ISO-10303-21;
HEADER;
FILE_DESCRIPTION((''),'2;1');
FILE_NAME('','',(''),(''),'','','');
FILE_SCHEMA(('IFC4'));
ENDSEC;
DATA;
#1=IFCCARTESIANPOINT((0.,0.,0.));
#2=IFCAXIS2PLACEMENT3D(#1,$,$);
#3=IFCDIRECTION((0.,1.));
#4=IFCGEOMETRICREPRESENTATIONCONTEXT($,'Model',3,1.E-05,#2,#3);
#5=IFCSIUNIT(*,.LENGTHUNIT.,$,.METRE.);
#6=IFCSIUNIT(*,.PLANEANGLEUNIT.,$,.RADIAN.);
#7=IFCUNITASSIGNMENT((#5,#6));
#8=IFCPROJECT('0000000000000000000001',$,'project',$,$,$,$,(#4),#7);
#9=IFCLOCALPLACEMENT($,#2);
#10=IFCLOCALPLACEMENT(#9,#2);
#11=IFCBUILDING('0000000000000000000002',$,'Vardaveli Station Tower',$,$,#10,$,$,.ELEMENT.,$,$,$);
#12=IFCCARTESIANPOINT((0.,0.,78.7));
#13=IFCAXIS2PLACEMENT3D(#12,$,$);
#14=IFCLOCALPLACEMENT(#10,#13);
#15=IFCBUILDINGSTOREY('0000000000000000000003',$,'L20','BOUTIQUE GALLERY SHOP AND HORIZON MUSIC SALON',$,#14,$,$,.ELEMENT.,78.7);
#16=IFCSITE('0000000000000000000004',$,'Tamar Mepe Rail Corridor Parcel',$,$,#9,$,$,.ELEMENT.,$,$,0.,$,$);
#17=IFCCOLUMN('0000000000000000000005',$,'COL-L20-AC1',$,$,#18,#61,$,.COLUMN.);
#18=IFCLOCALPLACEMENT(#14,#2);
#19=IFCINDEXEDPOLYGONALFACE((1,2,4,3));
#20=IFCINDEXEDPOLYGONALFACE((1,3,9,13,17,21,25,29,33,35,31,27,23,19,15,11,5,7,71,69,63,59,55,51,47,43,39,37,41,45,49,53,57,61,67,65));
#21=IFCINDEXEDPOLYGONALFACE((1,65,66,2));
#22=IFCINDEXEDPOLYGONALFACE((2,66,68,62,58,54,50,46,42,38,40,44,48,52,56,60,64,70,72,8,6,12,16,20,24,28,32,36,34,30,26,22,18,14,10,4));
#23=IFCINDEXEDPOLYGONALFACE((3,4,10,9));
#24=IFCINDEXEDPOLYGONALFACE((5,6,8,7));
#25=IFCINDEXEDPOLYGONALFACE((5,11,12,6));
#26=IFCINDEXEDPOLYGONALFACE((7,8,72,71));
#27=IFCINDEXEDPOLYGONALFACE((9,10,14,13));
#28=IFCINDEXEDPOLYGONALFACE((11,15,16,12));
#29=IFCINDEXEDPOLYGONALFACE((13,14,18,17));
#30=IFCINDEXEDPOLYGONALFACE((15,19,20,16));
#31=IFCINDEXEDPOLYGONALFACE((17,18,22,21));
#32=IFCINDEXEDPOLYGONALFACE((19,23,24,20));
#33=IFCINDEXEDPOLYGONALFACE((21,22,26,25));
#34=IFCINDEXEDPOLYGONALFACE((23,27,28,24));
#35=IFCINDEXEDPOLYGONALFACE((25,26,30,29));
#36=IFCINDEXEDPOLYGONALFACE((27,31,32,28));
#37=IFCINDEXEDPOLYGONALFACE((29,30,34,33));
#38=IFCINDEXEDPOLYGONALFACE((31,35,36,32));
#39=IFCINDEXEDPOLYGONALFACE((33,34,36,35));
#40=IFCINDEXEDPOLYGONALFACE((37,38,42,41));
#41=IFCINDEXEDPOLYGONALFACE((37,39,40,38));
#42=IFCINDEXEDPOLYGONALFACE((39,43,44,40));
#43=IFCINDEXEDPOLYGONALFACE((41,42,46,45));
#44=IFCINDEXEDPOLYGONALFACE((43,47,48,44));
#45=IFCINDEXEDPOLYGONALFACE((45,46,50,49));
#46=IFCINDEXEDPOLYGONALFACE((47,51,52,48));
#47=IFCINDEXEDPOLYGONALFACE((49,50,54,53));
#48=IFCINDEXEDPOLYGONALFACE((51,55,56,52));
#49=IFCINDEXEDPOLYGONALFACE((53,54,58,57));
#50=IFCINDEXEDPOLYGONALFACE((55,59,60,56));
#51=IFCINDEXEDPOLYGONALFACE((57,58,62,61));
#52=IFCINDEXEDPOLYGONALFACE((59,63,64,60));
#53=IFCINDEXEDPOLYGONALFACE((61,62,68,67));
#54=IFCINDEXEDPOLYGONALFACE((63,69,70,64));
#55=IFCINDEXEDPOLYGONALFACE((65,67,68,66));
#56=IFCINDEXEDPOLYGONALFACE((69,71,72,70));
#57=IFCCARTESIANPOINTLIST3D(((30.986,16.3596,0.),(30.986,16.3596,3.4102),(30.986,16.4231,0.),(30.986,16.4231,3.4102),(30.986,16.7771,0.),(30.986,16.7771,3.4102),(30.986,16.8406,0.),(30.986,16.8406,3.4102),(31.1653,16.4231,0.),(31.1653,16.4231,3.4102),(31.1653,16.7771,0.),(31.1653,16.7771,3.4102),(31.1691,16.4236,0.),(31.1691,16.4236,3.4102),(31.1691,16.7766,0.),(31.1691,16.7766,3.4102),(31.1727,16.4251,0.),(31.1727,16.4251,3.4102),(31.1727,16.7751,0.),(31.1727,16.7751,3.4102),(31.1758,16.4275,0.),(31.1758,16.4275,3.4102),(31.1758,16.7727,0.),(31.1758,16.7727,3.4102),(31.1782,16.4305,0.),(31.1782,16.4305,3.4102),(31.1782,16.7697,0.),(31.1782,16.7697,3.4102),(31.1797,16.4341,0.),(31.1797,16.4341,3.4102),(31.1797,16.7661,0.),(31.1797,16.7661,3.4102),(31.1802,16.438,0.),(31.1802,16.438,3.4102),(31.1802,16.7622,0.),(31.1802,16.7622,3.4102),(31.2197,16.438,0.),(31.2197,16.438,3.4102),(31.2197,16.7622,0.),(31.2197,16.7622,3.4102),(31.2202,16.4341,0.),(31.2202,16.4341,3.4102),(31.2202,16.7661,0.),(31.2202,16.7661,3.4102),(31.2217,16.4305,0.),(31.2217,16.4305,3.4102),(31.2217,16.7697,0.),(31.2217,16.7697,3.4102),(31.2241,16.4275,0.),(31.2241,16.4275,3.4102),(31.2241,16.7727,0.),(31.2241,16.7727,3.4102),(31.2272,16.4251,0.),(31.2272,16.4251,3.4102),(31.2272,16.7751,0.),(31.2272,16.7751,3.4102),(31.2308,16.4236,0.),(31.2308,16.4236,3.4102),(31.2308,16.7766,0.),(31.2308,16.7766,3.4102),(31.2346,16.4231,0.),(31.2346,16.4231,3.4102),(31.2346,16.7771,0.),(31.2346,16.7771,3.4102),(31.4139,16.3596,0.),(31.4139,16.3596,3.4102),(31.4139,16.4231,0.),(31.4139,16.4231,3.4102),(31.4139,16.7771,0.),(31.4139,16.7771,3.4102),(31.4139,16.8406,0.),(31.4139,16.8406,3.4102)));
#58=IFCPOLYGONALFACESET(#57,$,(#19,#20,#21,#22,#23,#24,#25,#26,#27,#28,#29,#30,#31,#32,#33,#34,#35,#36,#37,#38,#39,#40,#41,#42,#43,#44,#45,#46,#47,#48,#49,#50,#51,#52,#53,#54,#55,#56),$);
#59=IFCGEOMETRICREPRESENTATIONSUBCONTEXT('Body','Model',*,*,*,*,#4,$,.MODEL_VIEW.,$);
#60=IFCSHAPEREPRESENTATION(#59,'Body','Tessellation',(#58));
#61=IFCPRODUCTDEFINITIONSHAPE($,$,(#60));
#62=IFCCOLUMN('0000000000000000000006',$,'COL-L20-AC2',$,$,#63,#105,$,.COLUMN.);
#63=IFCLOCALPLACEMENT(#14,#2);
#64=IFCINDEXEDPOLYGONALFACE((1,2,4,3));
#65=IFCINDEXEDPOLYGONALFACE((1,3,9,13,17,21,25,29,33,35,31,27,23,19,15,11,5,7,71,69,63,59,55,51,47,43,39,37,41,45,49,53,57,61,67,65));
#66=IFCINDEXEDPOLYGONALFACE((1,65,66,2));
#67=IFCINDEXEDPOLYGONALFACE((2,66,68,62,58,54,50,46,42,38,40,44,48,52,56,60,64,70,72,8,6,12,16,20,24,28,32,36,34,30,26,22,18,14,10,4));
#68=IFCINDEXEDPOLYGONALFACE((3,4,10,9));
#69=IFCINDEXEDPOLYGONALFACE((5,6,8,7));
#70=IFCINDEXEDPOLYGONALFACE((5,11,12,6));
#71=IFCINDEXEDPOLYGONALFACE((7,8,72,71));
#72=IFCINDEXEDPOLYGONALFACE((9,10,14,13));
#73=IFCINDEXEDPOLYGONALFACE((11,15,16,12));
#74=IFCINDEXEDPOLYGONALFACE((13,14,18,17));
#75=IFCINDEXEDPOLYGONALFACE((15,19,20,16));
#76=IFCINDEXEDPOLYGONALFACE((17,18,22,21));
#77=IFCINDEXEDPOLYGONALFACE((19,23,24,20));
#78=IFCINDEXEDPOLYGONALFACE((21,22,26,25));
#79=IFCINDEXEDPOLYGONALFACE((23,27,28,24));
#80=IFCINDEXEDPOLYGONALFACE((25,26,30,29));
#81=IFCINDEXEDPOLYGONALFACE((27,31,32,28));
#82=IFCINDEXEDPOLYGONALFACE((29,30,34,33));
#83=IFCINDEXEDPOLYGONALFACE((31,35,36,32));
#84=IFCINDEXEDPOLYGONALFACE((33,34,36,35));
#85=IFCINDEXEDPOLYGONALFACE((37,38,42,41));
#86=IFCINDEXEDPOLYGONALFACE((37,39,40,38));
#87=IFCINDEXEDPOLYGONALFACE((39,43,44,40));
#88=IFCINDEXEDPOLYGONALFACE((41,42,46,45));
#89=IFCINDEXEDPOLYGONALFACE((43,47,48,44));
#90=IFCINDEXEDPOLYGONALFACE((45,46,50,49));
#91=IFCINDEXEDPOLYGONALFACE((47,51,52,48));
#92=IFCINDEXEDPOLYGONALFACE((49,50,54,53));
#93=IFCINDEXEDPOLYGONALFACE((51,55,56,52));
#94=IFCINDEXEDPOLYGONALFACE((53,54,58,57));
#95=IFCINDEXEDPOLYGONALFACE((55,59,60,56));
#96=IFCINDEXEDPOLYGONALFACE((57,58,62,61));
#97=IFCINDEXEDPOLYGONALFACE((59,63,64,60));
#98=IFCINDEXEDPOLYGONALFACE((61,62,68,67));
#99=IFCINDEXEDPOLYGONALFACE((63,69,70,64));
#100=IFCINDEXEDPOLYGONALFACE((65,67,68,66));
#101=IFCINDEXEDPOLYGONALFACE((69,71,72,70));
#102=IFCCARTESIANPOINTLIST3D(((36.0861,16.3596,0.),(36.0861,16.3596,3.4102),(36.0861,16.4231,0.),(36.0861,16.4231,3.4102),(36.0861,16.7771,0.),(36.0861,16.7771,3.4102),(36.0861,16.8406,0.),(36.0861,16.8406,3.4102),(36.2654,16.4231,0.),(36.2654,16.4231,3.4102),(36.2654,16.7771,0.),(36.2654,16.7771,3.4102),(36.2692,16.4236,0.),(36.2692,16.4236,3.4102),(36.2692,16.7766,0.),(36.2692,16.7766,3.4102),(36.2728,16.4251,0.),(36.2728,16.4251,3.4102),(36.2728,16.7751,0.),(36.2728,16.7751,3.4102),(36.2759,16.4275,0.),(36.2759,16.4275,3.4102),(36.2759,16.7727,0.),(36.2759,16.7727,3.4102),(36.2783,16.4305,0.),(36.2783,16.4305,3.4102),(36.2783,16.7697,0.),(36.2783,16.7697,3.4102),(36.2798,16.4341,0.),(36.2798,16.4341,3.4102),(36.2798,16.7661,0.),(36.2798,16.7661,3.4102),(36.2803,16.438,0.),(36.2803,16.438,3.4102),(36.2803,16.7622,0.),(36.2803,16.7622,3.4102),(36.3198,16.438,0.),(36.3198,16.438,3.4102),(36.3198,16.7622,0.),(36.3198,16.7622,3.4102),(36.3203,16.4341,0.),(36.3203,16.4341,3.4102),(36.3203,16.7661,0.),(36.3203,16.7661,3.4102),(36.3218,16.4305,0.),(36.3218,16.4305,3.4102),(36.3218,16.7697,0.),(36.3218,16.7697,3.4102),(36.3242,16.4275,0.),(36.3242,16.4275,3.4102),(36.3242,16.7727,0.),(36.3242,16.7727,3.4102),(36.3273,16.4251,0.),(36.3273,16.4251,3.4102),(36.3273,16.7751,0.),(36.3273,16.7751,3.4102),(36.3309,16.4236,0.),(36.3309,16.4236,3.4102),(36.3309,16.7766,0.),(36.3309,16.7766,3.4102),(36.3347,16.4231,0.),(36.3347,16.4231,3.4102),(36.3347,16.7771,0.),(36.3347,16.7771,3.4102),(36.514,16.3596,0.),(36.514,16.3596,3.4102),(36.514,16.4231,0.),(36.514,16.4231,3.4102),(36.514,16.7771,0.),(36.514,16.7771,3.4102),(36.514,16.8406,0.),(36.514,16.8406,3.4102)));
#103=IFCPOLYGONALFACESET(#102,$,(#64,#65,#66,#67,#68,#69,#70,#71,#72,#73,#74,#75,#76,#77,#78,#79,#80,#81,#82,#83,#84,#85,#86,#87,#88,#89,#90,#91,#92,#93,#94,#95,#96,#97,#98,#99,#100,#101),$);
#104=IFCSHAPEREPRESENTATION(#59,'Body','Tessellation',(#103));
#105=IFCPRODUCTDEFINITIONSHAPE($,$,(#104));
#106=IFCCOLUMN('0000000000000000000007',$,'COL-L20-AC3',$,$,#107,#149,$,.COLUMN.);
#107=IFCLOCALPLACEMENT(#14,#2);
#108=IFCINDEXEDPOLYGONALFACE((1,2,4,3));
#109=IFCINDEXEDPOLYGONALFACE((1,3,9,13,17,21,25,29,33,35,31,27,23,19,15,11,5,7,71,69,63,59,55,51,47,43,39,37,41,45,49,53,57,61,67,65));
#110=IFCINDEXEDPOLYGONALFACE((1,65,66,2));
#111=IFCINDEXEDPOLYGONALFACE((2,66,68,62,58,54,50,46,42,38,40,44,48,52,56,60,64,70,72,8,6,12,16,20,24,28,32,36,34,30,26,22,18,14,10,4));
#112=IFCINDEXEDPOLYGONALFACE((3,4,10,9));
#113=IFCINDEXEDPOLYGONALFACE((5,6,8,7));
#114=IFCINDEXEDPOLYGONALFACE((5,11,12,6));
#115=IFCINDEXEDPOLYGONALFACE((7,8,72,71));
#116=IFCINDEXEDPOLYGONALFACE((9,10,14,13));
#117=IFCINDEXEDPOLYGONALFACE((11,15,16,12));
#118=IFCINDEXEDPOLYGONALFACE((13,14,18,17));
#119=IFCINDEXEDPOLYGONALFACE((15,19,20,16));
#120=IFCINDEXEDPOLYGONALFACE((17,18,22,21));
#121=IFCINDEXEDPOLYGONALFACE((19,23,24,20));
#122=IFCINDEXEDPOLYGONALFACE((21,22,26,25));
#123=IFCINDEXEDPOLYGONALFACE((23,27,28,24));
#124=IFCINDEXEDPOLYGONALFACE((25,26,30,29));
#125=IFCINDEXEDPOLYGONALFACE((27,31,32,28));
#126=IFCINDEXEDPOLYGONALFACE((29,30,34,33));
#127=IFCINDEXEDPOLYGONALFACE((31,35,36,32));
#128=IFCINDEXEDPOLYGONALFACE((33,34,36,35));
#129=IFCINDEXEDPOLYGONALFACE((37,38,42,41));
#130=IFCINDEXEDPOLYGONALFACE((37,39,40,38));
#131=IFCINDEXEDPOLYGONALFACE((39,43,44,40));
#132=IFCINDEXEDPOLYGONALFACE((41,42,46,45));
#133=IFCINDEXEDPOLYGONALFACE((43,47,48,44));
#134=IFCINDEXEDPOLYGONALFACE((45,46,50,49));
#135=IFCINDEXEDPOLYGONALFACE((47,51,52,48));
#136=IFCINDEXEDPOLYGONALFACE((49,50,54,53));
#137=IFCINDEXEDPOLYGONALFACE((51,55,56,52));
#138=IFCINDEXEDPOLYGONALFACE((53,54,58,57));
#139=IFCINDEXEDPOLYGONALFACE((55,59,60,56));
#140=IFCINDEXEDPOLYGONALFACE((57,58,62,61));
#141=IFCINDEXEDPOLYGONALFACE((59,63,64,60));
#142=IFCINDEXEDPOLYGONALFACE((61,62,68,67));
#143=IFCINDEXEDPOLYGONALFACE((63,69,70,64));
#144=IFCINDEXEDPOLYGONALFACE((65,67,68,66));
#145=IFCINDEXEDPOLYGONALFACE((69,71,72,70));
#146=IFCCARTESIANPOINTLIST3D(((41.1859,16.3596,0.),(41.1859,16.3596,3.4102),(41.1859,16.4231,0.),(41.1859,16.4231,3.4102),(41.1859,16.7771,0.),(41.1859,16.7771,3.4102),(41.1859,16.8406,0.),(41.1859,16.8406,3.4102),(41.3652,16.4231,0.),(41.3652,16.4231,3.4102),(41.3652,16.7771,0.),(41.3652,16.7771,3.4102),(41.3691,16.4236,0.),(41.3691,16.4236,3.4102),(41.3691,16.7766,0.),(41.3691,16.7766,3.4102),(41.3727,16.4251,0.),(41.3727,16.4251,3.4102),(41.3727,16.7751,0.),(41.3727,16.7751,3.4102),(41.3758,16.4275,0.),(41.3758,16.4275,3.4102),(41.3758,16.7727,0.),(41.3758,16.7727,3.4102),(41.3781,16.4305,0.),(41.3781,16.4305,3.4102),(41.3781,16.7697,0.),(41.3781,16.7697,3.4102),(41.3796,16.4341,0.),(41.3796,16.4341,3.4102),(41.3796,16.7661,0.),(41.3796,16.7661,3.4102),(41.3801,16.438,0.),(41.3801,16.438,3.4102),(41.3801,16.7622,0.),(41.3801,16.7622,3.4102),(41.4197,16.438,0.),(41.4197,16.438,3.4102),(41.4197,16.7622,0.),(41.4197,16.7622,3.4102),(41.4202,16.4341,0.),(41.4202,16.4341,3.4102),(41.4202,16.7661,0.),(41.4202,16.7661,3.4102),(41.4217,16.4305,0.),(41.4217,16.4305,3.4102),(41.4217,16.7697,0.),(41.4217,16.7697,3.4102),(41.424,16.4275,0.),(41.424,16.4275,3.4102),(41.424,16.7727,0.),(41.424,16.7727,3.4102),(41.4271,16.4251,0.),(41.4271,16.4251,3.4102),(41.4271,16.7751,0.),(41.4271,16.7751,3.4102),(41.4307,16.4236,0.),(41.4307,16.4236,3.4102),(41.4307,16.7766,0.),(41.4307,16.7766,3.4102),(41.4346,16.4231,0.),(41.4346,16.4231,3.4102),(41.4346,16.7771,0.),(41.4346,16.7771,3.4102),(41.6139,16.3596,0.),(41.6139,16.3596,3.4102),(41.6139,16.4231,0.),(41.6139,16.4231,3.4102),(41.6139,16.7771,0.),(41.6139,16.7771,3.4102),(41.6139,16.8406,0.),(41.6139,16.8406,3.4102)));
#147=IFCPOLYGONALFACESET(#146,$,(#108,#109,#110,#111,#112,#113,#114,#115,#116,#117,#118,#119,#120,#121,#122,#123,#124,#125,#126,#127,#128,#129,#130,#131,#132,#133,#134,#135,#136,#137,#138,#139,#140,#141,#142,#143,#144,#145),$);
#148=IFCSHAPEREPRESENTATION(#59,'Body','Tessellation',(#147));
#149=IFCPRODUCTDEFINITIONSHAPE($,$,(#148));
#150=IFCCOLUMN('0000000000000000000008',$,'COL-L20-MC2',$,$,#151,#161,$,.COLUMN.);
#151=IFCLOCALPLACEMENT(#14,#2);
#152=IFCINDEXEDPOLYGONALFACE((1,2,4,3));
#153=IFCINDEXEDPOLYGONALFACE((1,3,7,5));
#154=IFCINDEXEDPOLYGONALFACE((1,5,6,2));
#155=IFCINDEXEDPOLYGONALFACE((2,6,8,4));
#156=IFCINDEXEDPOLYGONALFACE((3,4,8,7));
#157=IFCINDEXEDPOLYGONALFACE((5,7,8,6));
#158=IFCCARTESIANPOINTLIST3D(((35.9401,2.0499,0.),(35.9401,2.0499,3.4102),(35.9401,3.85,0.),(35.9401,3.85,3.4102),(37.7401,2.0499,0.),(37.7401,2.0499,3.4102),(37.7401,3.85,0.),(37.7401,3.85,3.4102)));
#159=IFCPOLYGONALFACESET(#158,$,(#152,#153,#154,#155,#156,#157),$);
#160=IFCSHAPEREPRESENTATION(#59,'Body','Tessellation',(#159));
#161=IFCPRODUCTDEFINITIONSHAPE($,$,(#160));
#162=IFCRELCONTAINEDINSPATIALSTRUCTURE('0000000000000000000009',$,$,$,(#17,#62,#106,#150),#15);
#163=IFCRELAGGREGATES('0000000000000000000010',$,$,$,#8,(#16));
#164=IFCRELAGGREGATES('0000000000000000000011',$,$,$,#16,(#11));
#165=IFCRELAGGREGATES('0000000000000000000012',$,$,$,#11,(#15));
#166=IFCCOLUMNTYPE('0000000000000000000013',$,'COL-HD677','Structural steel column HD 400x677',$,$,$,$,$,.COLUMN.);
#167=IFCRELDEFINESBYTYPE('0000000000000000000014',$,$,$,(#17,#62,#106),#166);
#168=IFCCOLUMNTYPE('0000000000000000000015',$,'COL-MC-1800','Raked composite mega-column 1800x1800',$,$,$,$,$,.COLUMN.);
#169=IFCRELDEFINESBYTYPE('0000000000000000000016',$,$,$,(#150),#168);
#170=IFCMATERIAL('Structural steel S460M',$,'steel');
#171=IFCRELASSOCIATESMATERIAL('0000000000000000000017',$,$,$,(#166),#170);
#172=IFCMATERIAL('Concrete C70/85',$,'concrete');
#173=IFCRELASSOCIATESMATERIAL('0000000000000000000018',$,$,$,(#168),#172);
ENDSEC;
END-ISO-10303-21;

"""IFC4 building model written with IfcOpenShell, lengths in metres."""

from ifc_helpers import new_model, si_unit, direction, frame, origin, origin_2d, place, context, subcontext, project, spatial, rectangle, i_section, extrude, source, transform, mapped, material, material_profile, profile_set, type_object, element, save


model = new_model("IFC4")

# Units and contexts
model_context = context("Model", 3, precision=1e-05, world=origin(), true_north=direction((0.0, 1.0)))
body_context = subcontext(model_context, "Body", "Model", "MODEL_VIEW")
ifc_project = project(units=[si_unit("LENGTHUNIT", "METRE"), si_unit("PLANEANGLEUNIT", "RADIAN")], contexts=[model_context])

# Site, building, storey
site_placement = place(None, origin())
site = spatial("IfcSite", under=ifc_project, at=site_placement, Name="Tamar Mepe Rail Corridor Parcel", CompositionType="ELEMENT", RefElevation=0.0)
building_placement = place(site_placement, origin())
building = spatial("IfcBuilding", under=site, at=building_placement, Name="Vardaveli Station Tower", CompositionType="ELEMENT")
storey_placement = place(building_placement, frame((0.0, 0.0, 78.7)))
storey = spatial("IfcBuildingStorey", under=building, at=storey_placement, Name="L20", Description="BOUTIQUE GALLERY SHOP AND HORIZON MUSIC SALON", CompositionType="ELEMENT", Elevation=78.7)

# Columns
ifc_material_1 = material(Name="Structural steel S460M", Category="steel")
ifc_material_profile_1 = material_profile(ifc_material_1, i_section(OverallWidth=0.428, OverallDepth=0.481, WebThickness=0.0396, FlangeThickness=0.0635, FilletRadius=0.0149, at=origin_2d()), Name="HD 400x677")
ifc_profile_set_1 = profile_set([ifc_material_profile_1], Name="Structural steel S460M")
column_type_1 = type_object("IfcColumnType", Name="COL-HD677", Description="Structural steel column HD 400x677", PredefinedType="COLUMN", material=ifc_profile_set_1)
shared_shape_1 = source(origin(), body_context, "Body", "SweptSolid", [
    extrude(i_section(OverallWidth=0.428, OverallDepth=0.481, WebThickness=0.0396, FlangeThickness=0.0635, FilletRadius=0.0149, at=origin_2d()), origin(), (0.0, 0.0, 1.0), 3.4102),
])
for number, where, z_axis, x_axis, name in (
    (1, (31.2, 16.6001, 0.0), (0.0, 0.0, 1.0), (1.0, 0.0, 0.0), "COL-L20-AC1"),
    (2, (36.3, 16.6001, 0.0), (0.0, 0.0, 1.0), (1.0, 0.0, 0.0), "COL-L20-AC2"),
    (3, (41.3999, 16.6001, 0.0), (0.0, 0.0, 1.0), (1.0, 0.0, 0.0), "COL-L20-AC3"),
):
    element("IfcColumn", number, at=place(storey_placement, frame(where, z_axis=z_axis, x_axis=x_axis)), inside=storey, type_object=column_type_1, Name=name, PredefinedType="COLUMN", context=body_context, shape_type="MappedRepresentation", body=[
        mapped(shared_shape_1, transform((0.0, 0.0, 0.0), scale=1.0)),
    ])
ifc_material_2 = material(Name="Concrete C70/85", Category="concrete")
ifc_material_profile_2 = material_profile(ifc_material_2, rectangle(XDim=1.8, YDim=1.8, at=origin_2d()), Name="MC 1800x1800")
ifc_profile_set_2 = profile_set([ifc_material_profile_2], Name="Concrete C70/85")
column_type_2 = type_object("IfcColumnType", Name="COL-MC-1800", Description="Raked composite mega-column 1800x1800", PredefinedType="COLUMN", material=ifc_profile_set_2)
shared_shape_2 = source(origin(), body_context, "Body", "SweptSolid", [
    extrude(rectangle(XDim=1.8, YDim=1.8, at=origin_2d()), origin(), (0.0, 0.0, 1.0), 3.4102),
])
column_placement = place(storey_placement, frame((36.8401, 2.95, 0.0), z_axis=(0.0, 0.0, 1.0), x_axis=(1.0, 0.0, 0.0)))
element("IfcColumn", 4, at=column_placement, inside=storey, type_object=column_type_2, Name="COL-L20-MC2", PredefinedType="COLUMN", context=body_context, shape_type="MappedRepresentation", body=[
    mapped(shared_shape_2, transform((0.0, 0.0, 0.0), scale=1.0)),
])

save(model, "model.ifc")
